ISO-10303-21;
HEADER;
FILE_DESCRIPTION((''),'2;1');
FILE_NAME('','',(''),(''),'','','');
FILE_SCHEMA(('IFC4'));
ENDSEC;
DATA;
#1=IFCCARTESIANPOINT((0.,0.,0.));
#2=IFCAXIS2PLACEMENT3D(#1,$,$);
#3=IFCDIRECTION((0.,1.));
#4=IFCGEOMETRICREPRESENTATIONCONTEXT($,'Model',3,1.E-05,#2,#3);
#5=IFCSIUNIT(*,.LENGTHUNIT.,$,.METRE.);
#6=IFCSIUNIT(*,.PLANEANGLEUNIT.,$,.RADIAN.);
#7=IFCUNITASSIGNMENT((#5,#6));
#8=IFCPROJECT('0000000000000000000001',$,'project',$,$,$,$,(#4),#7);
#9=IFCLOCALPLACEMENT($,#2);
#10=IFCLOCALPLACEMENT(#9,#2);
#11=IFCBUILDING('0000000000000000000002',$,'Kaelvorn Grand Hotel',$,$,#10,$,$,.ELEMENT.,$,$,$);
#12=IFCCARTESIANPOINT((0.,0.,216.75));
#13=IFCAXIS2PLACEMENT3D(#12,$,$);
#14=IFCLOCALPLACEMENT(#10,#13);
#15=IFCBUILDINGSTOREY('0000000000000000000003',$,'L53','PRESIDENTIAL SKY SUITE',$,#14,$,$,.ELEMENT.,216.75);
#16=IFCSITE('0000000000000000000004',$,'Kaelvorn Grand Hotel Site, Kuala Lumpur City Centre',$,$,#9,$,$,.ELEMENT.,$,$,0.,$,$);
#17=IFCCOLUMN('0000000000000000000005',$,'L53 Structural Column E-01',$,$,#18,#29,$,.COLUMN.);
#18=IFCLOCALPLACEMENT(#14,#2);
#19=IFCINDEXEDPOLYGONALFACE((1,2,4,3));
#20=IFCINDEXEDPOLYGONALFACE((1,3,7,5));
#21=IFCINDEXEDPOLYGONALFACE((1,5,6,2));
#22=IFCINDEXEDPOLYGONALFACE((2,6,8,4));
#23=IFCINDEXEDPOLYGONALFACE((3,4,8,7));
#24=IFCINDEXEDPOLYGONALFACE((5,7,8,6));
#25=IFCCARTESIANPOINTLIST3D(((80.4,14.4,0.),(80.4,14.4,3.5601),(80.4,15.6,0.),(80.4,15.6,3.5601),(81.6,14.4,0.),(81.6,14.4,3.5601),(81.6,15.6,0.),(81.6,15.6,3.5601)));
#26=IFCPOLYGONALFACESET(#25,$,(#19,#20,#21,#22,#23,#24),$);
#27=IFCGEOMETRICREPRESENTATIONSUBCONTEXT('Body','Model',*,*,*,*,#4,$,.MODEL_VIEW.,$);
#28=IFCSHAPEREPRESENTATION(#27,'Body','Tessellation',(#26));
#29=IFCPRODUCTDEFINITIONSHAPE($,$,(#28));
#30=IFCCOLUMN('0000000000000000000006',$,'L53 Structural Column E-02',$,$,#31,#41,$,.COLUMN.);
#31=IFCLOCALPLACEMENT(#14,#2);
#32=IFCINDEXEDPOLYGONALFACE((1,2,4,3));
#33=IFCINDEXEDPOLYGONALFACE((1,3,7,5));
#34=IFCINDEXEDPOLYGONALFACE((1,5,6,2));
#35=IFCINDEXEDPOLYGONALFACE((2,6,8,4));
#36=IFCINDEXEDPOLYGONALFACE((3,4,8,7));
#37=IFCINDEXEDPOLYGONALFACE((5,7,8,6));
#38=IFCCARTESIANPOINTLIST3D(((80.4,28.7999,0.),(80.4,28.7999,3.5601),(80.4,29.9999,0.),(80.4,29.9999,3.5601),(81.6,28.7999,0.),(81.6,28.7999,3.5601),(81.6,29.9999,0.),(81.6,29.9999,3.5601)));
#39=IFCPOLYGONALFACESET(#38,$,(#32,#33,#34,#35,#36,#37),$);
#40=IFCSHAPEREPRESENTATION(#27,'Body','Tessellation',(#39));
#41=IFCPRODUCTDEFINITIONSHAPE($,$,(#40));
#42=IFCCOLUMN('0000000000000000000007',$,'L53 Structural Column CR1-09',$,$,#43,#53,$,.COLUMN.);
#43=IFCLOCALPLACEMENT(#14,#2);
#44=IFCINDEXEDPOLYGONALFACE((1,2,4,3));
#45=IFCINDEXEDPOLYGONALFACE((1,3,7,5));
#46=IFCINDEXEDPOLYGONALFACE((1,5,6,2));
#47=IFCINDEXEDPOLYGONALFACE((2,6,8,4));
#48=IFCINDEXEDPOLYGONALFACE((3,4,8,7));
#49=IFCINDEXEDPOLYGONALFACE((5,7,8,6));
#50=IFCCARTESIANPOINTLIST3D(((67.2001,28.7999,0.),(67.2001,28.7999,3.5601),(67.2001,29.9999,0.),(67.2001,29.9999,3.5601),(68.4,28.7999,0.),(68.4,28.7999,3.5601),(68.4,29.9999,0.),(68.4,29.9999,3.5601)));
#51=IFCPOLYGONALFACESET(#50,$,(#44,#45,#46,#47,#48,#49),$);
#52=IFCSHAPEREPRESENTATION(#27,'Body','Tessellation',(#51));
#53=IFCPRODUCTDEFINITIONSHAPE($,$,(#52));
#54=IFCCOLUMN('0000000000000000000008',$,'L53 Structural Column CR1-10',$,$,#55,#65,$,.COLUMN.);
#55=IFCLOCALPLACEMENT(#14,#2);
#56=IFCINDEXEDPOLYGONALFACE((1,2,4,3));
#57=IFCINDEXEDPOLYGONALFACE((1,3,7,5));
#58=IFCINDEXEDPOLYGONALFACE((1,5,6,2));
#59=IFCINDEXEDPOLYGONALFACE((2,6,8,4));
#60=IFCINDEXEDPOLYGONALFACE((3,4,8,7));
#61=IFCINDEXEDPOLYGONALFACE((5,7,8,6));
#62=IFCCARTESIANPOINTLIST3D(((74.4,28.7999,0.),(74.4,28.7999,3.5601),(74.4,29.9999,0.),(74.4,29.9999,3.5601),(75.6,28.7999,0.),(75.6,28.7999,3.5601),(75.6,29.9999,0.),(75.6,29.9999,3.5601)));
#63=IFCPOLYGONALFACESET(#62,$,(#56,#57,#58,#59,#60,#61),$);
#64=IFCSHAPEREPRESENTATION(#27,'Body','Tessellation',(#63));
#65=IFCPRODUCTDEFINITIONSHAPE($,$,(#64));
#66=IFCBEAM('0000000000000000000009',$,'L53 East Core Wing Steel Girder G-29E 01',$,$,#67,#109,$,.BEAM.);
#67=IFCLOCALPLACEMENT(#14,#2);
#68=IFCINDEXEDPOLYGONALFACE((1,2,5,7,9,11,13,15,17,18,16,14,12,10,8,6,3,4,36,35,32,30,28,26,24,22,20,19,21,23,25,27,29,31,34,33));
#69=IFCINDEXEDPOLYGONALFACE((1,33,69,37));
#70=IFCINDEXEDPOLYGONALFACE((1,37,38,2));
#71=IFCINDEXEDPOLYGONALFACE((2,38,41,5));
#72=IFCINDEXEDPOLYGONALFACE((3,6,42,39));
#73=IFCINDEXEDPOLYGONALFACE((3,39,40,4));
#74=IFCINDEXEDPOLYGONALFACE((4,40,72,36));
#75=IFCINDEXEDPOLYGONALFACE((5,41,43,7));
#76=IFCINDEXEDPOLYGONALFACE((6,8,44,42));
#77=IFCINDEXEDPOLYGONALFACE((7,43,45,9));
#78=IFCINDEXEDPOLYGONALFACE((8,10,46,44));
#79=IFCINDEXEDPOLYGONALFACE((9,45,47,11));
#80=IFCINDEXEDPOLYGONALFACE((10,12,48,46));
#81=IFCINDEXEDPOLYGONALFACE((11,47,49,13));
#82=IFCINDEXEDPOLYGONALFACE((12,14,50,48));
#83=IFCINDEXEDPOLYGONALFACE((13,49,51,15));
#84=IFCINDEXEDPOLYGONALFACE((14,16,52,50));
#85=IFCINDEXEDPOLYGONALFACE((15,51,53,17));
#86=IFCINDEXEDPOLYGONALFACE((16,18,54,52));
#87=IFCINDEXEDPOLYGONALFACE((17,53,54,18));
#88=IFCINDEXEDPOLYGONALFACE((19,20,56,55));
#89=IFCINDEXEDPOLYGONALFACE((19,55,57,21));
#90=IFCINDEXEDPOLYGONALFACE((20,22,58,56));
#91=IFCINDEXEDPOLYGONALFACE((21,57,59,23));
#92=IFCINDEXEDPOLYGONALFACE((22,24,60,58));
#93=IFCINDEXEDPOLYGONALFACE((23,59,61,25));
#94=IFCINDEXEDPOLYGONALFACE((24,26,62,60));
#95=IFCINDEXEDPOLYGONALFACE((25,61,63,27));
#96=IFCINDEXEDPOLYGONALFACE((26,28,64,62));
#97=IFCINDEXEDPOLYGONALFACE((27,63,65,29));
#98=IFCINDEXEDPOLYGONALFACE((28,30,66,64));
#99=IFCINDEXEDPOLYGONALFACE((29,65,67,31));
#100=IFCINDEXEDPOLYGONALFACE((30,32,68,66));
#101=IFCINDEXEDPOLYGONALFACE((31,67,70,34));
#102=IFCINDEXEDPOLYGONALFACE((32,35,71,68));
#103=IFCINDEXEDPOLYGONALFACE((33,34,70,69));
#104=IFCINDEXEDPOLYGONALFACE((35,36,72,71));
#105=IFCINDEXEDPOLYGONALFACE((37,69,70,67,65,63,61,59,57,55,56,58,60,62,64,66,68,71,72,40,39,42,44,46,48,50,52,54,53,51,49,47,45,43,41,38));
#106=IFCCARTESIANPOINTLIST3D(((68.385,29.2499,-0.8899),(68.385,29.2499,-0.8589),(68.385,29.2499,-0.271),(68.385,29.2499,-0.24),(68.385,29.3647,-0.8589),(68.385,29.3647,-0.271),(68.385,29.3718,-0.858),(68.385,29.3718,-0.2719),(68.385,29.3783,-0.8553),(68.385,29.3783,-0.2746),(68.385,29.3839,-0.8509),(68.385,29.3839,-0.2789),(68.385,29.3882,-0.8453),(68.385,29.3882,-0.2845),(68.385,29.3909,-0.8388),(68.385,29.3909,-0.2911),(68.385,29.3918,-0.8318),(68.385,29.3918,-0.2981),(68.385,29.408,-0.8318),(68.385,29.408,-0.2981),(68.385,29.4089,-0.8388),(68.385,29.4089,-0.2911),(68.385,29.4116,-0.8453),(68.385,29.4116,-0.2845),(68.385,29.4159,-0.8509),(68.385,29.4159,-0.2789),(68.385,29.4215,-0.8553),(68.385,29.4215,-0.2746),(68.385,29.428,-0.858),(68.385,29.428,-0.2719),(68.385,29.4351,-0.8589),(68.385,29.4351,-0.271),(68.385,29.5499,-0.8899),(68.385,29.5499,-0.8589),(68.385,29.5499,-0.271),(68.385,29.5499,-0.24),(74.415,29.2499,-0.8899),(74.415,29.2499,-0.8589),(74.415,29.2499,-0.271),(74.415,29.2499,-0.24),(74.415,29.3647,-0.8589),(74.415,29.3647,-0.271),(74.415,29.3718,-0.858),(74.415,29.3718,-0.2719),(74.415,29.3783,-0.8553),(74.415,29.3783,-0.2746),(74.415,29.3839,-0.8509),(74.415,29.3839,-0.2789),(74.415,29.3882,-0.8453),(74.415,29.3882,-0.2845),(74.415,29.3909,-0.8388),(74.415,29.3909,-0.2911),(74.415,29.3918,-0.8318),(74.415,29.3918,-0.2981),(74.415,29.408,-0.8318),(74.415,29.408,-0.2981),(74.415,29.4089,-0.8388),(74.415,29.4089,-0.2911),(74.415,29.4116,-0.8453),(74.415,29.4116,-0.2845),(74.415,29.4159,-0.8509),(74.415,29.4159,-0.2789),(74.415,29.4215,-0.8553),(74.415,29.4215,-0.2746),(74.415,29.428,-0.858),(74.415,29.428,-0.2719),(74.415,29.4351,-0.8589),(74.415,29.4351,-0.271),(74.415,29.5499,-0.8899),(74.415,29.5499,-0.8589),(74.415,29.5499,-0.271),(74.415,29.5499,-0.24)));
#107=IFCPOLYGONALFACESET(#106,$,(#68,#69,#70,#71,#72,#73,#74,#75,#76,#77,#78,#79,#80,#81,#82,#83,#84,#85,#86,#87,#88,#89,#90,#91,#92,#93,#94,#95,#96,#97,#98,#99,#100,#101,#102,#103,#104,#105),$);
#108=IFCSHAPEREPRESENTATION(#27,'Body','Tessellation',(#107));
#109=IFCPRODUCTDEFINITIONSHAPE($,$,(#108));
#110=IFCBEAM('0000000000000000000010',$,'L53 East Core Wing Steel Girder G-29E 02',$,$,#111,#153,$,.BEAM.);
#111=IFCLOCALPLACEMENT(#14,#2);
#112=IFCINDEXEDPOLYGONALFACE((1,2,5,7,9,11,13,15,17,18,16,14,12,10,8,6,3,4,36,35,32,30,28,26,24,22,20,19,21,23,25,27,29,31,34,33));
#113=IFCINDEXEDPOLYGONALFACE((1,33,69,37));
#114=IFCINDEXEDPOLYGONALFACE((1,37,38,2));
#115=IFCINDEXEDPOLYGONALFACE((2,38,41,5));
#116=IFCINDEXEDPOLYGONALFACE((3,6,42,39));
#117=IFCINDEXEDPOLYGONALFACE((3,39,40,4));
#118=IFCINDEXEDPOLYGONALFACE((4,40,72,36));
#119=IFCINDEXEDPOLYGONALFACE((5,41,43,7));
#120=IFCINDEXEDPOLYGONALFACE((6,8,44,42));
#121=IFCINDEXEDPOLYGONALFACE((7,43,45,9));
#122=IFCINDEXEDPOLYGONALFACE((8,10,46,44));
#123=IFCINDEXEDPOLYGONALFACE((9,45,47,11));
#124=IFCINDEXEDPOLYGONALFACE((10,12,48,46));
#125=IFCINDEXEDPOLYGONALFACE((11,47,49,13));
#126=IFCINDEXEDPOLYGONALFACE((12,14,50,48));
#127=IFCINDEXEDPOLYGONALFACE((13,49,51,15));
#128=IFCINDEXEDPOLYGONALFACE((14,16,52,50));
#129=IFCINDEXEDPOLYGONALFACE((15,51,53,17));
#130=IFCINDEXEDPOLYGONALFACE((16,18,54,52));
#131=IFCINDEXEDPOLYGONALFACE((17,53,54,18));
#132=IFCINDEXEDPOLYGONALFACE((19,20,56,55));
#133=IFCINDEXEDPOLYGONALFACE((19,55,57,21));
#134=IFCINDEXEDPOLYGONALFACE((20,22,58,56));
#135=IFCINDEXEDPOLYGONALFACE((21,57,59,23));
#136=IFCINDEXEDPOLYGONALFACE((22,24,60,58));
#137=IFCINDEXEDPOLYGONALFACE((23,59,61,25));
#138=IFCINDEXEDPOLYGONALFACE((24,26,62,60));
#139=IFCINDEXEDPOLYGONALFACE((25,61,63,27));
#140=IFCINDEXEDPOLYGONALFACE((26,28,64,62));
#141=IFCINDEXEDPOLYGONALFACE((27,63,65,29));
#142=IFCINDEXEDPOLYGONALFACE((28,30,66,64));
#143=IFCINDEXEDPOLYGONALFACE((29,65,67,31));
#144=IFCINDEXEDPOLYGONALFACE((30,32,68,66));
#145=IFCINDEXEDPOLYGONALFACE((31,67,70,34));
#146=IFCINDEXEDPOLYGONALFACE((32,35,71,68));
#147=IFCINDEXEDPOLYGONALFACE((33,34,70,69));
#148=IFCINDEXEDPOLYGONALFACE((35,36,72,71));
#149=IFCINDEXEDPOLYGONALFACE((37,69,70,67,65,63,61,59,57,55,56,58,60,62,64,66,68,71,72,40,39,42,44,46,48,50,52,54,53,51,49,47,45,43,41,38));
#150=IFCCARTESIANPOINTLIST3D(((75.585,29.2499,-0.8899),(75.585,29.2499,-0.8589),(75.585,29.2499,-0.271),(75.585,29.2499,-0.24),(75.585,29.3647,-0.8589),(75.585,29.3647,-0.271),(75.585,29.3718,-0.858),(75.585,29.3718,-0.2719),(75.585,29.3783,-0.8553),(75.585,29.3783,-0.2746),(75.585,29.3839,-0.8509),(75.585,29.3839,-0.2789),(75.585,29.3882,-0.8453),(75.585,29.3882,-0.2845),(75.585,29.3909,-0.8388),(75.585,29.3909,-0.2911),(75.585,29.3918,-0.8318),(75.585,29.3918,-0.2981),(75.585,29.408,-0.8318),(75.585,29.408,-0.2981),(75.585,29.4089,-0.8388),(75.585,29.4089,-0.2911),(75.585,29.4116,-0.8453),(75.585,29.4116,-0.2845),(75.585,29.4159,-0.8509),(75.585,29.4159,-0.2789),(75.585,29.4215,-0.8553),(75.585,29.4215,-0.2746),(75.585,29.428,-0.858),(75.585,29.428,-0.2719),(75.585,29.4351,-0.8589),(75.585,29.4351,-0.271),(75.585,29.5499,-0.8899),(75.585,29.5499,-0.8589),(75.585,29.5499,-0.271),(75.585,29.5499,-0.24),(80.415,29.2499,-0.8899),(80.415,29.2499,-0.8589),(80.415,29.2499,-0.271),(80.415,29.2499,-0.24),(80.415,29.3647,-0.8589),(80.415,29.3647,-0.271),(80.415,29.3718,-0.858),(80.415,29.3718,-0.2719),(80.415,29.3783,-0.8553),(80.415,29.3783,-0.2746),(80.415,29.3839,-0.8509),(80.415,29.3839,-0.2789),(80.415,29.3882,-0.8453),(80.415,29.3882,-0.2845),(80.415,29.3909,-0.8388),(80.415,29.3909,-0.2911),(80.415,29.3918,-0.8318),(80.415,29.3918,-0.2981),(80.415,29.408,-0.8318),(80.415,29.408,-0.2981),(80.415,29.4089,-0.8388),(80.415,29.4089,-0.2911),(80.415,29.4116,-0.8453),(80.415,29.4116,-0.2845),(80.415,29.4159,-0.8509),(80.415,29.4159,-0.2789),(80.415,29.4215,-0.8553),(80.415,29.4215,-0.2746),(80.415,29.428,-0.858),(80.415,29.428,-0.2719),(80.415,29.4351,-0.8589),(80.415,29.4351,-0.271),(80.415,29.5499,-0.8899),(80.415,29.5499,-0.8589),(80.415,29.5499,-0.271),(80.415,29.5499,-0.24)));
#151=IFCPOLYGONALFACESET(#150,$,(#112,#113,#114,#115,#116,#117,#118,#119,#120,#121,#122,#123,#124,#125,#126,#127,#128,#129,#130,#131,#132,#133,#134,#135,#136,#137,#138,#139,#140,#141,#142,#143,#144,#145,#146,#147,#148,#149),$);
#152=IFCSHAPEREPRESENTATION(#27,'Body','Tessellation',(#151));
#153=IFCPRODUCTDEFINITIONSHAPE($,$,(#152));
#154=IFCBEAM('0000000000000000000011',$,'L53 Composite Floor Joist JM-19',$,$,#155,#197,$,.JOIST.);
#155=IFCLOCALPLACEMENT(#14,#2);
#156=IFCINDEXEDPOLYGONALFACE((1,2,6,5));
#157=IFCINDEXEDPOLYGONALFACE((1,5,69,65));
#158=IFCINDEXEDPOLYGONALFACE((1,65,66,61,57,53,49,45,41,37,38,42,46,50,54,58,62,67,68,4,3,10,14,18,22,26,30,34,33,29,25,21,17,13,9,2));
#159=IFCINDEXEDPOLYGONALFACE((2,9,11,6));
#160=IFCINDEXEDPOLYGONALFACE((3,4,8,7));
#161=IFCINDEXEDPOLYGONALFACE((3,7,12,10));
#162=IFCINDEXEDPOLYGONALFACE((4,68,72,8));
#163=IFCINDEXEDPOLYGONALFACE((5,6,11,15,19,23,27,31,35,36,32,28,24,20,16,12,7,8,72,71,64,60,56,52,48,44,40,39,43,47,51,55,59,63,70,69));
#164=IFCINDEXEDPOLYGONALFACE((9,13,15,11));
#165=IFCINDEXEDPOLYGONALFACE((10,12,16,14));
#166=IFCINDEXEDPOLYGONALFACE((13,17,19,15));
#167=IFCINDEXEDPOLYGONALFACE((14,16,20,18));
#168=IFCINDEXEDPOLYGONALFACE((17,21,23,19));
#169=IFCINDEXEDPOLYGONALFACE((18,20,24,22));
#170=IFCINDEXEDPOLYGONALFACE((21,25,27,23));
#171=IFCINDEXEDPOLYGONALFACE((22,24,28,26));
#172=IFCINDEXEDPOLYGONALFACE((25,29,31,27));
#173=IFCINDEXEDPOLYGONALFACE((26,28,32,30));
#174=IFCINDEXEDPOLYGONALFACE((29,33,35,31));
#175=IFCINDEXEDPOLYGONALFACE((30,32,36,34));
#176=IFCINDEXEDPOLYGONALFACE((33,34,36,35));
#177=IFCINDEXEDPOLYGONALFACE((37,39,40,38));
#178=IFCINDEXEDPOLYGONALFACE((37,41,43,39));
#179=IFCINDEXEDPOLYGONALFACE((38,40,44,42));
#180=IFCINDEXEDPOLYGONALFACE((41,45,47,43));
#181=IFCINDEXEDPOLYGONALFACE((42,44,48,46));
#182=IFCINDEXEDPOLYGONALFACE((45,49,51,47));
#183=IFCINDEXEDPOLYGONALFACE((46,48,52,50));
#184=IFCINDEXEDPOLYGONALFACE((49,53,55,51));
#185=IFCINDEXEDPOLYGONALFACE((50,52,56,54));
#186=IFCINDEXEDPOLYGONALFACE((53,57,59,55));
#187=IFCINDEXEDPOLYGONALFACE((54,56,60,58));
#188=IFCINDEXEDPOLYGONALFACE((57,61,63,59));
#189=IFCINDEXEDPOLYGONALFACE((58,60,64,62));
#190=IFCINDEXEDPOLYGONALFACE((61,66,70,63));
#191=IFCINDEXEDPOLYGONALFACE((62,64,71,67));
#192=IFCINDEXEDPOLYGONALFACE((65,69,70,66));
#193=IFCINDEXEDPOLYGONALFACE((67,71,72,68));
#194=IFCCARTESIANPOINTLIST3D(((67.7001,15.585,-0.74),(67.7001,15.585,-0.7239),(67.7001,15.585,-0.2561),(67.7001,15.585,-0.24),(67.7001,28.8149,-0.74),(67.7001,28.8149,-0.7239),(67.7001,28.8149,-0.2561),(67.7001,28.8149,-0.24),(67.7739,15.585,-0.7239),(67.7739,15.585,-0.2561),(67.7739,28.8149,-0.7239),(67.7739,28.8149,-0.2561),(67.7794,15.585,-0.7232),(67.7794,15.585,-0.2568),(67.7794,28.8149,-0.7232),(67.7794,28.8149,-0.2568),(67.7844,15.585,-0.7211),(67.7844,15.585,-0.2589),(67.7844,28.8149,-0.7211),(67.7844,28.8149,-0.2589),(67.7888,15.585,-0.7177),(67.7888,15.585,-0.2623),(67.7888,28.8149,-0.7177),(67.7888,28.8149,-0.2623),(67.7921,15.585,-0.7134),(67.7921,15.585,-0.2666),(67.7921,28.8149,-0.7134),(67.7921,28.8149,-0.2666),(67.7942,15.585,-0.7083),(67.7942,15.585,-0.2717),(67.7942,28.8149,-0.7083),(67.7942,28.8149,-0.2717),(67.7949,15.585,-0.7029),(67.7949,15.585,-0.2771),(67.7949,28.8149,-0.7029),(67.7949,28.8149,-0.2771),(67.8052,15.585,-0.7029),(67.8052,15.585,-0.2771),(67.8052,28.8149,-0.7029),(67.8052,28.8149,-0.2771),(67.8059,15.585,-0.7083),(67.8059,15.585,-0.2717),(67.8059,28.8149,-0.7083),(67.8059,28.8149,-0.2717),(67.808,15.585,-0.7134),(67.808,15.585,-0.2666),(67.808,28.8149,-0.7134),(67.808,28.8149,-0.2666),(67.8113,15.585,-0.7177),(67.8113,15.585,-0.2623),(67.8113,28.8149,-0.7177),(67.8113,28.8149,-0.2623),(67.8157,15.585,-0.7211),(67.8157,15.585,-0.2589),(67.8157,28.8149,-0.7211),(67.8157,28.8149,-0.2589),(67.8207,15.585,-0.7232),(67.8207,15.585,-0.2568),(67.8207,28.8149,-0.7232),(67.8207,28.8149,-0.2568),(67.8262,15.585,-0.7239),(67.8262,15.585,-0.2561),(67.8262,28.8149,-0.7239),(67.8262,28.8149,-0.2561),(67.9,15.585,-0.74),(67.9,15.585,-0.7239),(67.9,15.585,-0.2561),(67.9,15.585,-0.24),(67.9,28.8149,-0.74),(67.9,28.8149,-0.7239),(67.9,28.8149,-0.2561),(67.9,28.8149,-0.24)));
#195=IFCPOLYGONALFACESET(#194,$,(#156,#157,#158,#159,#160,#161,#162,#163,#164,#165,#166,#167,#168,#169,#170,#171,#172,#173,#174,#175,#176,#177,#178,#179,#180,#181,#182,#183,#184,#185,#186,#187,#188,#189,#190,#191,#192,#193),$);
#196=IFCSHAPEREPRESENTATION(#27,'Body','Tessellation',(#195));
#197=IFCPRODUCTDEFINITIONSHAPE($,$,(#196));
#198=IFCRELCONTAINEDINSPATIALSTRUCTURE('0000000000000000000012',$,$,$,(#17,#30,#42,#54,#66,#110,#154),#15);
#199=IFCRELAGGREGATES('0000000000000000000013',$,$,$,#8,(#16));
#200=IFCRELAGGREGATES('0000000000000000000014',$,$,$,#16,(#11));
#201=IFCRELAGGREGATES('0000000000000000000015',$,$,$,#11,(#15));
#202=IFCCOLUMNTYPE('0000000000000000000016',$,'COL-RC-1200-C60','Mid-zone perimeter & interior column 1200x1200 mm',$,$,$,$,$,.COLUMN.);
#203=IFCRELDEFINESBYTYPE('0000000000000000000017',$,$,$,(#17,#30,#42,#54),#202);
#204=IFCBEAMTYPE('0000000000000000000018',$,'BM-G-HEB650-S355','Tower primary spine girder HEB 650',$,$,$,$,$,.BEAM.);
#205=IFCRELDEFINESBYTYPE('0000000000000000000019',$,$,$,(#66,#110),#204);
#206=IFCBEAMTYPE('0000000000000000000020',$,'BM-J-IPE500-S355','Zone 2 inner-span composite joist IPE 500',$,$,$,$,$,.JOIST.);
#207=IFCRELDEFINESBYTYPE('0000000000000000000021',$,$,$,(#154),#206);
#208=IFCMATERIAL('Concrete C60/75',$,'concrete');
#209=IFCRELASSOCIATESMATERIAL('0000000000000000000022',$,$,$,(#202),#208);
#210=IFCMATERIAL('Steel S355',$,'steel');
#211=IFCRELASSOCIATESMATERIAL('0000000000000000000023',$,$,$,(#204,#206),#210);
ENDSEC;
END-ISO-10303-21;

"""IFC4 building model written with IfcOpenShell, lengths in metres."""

from ifc_helpers import new_model, si_unit, direction, frame, origin, origin_2d, place, context, subcontext, project, spatial, rectangle, i_section, extrude, material, material_profile, profile_set, type_object, element, save


model = new_model("IFC4")

# Units and contexts
model_context = context("Model", 3, precision=1e-05, world=origin(), true_north=direction((0.0, 1.0)))
body_context = subcontext(model_context, "Body", "Model", "MODEL_VIEW")
ifc_project = project(units=[si_unit("LENGTHUNIT", "METRE"), si_unit("PLANEANGLEUNIT", "RADIAN")], contexts=[model_context])

# Site, building, storey
site_placement = place(None, origin())
site = spatial("IfcSite", under=ifc_project, at=site_placement, Name="Kaelvorn Grand Hotel Site, Kuala Lumpur City Centre", CompositionType="ELEMENT", RefElevation=0.0)
building_placement = place(site_placement, origin())
building = spatial("IfcBuilding", under=site, at=building_placement, Name="Kaelvorn Grand Hotel", CompositionType="ELEMENT")
storey_placement = place(building_placement, frame((0.0, 0.0, 216.75)))
storey = spatial("IfcBuildingStorey", under=building, at=storey_placement, Name="L53", Description="PRESIDENTIAL SKY SUITE", CompositionType="ELEMENT", Elevation=216.75)

# Columns
ifc_material_1 = material(Name="Concrete C60/75", Category="concrete")
ifc_material_profile_1 = material_profile(ifc_material_1, rectangle(XDim=1.2, YDim=1.2, at=origin_2d()), Name="RC COL 1200x1200")
ifc_profile_set_1 = profile_set([ifc_material_profile_1], Name="Concrete C60/75")
column_type = type_object("IfcColumnType", Name="COL-RC-1200-C60", Description="Mid-zone perimeter & interior column 1200x1200 mm", PredefinedType="COLUMN", material=ifc_profile_set_1)
for number, where, z_axis, x_axis, name in (
    (1, (81.0, 15.0, 0.0), (0.0, 0.0, 1.0), (1.0, 0.0, 0.0), "L53 Structural Column E-01"),
    (2, (81.0, 29.3999, 0.0), (0.0, 0.0, 1.0), (1.0, 0.0, 0.0), "L53 Structural Column E-02"),
    (3, (67.8, 29.3999, 0.0), (0.0, 0.0, 1.0), (1.0, 0.0, 0.0), "L53 Structural Column CR1-09"),
    (4, (75.0, 29.3999, 0.0), (0.0, 0.0, 1.0), (1.0, 0.0, 0.0), "L53 Structural Column CR1-10"),
):
    element("IfcColumn", number, at=place(storey_placement, frame(where, z_axis=z_axis, x_axis=x_axis)), inside=storey, type_object=column_type, Name=name, PredefinedType="COLUMN", context=body_context, shape_type="SweptSolid", body=[
        extrude(rectangle(XDim=1.2, YDim=1.2, at=origin_2d()), origin(), (0.0, 0.0, 1.0), 3.5601),
    ])

# Beams
ifc_material_2 = material(Name="Steel S355", Category="steel")
ifc_material_profile_2 = material_profile(ifc_material_2, i_section(OverallWidth=0.3, OverallDepth=0.6499, WebThickness=0.0161, FlangeThickness=0.031, FilletRadius=0.0271, at=origin_2d()), Name="HEB 650")
ifc_profile_set_2 = profile_set([ifc_material_profile_2], Name="Steel S355")
beam_type_1 = type_object("IfcBeamType", Name="BM-G-HEB650-S355", Description="Tower primary spine girder HEB 650", PredefinedType="BEAM", material=ifc_profile_set_2)
beam_1_placement = place(storey_placement, frame((68.385, 29.3999, -0.5649), z_axis=(1.0, 0.0, 0.0), x_axis=(0.0, 1.0, 0.0)))
element("IfcBeam", 5, at=beam_1_placement, inside=storey, type_object=beam_type_1, Name="L53 East Core Wing Steel Girder G-29E 01", PredefinedType="BEAM", context=body_context, shape_type="SweptSolid", body=[
    extrude(i_section(OverallWidth=0.3, OverallDepth=0.6499, WebThickness=0.0161, FlangeThickness=0.031, FilletRadius=0.0271, at=origin_2d()), origin(), (0.0, 0.0, 1.0), 6.03),
])
beam_2_placement = place(storey_placement, frame((75.585, 29.3999, -0.5649), z_axis=(1.0, 0.0, 0.0), x_axis=(0.0, 1.0, 0.0)))
element("IfcBeam", 6, at=beam_2_placement, inside=storey, type_object=beam_type_1, Name="L53 East Core Wing Steel Girder G-29E 02", PredefinedType="BEAM", context=body_context, shape_type="SweptSolid", body=[
    extrude(i_section(OverallWidth=0.3, OverallDepth=0.6499, WebThickness=0.0161, FlangeThickness=0.031, FilletRadius=0.0271, at=origin_2d()), origin(), (0.0, 0.0, 1.0), 4.8301),
])
ifc_material_profile_3 = material_profile(ifc_material_2, i_section(OverallWidth=0.2, OverallDepth=0.5, WebThickness=0.0103, FlangeThickness=0.0161, FilletRadius=0.021, at=origin_2d()), Name="IPE 500")
ifc_profile_set_3 = profile_set([ifc_material_profile_3], Name="Steel S355")
beam_type_2 = type_object("IfcBeamType", Name="BM-J-IPE500-S355", Description="Zone 2 inner-span composite joist IPE 500", PredefinedType="JOIST", material=ifc_profile_set_3)
beam_3_placement = place(storey_placement, frame((67.8, 15.585, -0.49), z_axis=(0.0, 1.0, 0.0), x_axis=(-1.0, 0.0, 0.0)))
element("IfcBeam", 7, at=beam_3_placement, inside=storey, type_object=beam_type_2, Name="L53 Composite Floor Joist JM-19", PredefinedType="JOIST", context=body_context, shape_type="SweptSolid", body=[
    extrude(i_section(OverallWidth=0.2, OverallDepth=0.5, WebThickness=0.0103, FlangeThickness=0.0161, FilletRadius=0.021, at=origin_2d()), origin(), (0.0, 0.0, 1.0), 13.23),
])

save(model, "model.ifc")
